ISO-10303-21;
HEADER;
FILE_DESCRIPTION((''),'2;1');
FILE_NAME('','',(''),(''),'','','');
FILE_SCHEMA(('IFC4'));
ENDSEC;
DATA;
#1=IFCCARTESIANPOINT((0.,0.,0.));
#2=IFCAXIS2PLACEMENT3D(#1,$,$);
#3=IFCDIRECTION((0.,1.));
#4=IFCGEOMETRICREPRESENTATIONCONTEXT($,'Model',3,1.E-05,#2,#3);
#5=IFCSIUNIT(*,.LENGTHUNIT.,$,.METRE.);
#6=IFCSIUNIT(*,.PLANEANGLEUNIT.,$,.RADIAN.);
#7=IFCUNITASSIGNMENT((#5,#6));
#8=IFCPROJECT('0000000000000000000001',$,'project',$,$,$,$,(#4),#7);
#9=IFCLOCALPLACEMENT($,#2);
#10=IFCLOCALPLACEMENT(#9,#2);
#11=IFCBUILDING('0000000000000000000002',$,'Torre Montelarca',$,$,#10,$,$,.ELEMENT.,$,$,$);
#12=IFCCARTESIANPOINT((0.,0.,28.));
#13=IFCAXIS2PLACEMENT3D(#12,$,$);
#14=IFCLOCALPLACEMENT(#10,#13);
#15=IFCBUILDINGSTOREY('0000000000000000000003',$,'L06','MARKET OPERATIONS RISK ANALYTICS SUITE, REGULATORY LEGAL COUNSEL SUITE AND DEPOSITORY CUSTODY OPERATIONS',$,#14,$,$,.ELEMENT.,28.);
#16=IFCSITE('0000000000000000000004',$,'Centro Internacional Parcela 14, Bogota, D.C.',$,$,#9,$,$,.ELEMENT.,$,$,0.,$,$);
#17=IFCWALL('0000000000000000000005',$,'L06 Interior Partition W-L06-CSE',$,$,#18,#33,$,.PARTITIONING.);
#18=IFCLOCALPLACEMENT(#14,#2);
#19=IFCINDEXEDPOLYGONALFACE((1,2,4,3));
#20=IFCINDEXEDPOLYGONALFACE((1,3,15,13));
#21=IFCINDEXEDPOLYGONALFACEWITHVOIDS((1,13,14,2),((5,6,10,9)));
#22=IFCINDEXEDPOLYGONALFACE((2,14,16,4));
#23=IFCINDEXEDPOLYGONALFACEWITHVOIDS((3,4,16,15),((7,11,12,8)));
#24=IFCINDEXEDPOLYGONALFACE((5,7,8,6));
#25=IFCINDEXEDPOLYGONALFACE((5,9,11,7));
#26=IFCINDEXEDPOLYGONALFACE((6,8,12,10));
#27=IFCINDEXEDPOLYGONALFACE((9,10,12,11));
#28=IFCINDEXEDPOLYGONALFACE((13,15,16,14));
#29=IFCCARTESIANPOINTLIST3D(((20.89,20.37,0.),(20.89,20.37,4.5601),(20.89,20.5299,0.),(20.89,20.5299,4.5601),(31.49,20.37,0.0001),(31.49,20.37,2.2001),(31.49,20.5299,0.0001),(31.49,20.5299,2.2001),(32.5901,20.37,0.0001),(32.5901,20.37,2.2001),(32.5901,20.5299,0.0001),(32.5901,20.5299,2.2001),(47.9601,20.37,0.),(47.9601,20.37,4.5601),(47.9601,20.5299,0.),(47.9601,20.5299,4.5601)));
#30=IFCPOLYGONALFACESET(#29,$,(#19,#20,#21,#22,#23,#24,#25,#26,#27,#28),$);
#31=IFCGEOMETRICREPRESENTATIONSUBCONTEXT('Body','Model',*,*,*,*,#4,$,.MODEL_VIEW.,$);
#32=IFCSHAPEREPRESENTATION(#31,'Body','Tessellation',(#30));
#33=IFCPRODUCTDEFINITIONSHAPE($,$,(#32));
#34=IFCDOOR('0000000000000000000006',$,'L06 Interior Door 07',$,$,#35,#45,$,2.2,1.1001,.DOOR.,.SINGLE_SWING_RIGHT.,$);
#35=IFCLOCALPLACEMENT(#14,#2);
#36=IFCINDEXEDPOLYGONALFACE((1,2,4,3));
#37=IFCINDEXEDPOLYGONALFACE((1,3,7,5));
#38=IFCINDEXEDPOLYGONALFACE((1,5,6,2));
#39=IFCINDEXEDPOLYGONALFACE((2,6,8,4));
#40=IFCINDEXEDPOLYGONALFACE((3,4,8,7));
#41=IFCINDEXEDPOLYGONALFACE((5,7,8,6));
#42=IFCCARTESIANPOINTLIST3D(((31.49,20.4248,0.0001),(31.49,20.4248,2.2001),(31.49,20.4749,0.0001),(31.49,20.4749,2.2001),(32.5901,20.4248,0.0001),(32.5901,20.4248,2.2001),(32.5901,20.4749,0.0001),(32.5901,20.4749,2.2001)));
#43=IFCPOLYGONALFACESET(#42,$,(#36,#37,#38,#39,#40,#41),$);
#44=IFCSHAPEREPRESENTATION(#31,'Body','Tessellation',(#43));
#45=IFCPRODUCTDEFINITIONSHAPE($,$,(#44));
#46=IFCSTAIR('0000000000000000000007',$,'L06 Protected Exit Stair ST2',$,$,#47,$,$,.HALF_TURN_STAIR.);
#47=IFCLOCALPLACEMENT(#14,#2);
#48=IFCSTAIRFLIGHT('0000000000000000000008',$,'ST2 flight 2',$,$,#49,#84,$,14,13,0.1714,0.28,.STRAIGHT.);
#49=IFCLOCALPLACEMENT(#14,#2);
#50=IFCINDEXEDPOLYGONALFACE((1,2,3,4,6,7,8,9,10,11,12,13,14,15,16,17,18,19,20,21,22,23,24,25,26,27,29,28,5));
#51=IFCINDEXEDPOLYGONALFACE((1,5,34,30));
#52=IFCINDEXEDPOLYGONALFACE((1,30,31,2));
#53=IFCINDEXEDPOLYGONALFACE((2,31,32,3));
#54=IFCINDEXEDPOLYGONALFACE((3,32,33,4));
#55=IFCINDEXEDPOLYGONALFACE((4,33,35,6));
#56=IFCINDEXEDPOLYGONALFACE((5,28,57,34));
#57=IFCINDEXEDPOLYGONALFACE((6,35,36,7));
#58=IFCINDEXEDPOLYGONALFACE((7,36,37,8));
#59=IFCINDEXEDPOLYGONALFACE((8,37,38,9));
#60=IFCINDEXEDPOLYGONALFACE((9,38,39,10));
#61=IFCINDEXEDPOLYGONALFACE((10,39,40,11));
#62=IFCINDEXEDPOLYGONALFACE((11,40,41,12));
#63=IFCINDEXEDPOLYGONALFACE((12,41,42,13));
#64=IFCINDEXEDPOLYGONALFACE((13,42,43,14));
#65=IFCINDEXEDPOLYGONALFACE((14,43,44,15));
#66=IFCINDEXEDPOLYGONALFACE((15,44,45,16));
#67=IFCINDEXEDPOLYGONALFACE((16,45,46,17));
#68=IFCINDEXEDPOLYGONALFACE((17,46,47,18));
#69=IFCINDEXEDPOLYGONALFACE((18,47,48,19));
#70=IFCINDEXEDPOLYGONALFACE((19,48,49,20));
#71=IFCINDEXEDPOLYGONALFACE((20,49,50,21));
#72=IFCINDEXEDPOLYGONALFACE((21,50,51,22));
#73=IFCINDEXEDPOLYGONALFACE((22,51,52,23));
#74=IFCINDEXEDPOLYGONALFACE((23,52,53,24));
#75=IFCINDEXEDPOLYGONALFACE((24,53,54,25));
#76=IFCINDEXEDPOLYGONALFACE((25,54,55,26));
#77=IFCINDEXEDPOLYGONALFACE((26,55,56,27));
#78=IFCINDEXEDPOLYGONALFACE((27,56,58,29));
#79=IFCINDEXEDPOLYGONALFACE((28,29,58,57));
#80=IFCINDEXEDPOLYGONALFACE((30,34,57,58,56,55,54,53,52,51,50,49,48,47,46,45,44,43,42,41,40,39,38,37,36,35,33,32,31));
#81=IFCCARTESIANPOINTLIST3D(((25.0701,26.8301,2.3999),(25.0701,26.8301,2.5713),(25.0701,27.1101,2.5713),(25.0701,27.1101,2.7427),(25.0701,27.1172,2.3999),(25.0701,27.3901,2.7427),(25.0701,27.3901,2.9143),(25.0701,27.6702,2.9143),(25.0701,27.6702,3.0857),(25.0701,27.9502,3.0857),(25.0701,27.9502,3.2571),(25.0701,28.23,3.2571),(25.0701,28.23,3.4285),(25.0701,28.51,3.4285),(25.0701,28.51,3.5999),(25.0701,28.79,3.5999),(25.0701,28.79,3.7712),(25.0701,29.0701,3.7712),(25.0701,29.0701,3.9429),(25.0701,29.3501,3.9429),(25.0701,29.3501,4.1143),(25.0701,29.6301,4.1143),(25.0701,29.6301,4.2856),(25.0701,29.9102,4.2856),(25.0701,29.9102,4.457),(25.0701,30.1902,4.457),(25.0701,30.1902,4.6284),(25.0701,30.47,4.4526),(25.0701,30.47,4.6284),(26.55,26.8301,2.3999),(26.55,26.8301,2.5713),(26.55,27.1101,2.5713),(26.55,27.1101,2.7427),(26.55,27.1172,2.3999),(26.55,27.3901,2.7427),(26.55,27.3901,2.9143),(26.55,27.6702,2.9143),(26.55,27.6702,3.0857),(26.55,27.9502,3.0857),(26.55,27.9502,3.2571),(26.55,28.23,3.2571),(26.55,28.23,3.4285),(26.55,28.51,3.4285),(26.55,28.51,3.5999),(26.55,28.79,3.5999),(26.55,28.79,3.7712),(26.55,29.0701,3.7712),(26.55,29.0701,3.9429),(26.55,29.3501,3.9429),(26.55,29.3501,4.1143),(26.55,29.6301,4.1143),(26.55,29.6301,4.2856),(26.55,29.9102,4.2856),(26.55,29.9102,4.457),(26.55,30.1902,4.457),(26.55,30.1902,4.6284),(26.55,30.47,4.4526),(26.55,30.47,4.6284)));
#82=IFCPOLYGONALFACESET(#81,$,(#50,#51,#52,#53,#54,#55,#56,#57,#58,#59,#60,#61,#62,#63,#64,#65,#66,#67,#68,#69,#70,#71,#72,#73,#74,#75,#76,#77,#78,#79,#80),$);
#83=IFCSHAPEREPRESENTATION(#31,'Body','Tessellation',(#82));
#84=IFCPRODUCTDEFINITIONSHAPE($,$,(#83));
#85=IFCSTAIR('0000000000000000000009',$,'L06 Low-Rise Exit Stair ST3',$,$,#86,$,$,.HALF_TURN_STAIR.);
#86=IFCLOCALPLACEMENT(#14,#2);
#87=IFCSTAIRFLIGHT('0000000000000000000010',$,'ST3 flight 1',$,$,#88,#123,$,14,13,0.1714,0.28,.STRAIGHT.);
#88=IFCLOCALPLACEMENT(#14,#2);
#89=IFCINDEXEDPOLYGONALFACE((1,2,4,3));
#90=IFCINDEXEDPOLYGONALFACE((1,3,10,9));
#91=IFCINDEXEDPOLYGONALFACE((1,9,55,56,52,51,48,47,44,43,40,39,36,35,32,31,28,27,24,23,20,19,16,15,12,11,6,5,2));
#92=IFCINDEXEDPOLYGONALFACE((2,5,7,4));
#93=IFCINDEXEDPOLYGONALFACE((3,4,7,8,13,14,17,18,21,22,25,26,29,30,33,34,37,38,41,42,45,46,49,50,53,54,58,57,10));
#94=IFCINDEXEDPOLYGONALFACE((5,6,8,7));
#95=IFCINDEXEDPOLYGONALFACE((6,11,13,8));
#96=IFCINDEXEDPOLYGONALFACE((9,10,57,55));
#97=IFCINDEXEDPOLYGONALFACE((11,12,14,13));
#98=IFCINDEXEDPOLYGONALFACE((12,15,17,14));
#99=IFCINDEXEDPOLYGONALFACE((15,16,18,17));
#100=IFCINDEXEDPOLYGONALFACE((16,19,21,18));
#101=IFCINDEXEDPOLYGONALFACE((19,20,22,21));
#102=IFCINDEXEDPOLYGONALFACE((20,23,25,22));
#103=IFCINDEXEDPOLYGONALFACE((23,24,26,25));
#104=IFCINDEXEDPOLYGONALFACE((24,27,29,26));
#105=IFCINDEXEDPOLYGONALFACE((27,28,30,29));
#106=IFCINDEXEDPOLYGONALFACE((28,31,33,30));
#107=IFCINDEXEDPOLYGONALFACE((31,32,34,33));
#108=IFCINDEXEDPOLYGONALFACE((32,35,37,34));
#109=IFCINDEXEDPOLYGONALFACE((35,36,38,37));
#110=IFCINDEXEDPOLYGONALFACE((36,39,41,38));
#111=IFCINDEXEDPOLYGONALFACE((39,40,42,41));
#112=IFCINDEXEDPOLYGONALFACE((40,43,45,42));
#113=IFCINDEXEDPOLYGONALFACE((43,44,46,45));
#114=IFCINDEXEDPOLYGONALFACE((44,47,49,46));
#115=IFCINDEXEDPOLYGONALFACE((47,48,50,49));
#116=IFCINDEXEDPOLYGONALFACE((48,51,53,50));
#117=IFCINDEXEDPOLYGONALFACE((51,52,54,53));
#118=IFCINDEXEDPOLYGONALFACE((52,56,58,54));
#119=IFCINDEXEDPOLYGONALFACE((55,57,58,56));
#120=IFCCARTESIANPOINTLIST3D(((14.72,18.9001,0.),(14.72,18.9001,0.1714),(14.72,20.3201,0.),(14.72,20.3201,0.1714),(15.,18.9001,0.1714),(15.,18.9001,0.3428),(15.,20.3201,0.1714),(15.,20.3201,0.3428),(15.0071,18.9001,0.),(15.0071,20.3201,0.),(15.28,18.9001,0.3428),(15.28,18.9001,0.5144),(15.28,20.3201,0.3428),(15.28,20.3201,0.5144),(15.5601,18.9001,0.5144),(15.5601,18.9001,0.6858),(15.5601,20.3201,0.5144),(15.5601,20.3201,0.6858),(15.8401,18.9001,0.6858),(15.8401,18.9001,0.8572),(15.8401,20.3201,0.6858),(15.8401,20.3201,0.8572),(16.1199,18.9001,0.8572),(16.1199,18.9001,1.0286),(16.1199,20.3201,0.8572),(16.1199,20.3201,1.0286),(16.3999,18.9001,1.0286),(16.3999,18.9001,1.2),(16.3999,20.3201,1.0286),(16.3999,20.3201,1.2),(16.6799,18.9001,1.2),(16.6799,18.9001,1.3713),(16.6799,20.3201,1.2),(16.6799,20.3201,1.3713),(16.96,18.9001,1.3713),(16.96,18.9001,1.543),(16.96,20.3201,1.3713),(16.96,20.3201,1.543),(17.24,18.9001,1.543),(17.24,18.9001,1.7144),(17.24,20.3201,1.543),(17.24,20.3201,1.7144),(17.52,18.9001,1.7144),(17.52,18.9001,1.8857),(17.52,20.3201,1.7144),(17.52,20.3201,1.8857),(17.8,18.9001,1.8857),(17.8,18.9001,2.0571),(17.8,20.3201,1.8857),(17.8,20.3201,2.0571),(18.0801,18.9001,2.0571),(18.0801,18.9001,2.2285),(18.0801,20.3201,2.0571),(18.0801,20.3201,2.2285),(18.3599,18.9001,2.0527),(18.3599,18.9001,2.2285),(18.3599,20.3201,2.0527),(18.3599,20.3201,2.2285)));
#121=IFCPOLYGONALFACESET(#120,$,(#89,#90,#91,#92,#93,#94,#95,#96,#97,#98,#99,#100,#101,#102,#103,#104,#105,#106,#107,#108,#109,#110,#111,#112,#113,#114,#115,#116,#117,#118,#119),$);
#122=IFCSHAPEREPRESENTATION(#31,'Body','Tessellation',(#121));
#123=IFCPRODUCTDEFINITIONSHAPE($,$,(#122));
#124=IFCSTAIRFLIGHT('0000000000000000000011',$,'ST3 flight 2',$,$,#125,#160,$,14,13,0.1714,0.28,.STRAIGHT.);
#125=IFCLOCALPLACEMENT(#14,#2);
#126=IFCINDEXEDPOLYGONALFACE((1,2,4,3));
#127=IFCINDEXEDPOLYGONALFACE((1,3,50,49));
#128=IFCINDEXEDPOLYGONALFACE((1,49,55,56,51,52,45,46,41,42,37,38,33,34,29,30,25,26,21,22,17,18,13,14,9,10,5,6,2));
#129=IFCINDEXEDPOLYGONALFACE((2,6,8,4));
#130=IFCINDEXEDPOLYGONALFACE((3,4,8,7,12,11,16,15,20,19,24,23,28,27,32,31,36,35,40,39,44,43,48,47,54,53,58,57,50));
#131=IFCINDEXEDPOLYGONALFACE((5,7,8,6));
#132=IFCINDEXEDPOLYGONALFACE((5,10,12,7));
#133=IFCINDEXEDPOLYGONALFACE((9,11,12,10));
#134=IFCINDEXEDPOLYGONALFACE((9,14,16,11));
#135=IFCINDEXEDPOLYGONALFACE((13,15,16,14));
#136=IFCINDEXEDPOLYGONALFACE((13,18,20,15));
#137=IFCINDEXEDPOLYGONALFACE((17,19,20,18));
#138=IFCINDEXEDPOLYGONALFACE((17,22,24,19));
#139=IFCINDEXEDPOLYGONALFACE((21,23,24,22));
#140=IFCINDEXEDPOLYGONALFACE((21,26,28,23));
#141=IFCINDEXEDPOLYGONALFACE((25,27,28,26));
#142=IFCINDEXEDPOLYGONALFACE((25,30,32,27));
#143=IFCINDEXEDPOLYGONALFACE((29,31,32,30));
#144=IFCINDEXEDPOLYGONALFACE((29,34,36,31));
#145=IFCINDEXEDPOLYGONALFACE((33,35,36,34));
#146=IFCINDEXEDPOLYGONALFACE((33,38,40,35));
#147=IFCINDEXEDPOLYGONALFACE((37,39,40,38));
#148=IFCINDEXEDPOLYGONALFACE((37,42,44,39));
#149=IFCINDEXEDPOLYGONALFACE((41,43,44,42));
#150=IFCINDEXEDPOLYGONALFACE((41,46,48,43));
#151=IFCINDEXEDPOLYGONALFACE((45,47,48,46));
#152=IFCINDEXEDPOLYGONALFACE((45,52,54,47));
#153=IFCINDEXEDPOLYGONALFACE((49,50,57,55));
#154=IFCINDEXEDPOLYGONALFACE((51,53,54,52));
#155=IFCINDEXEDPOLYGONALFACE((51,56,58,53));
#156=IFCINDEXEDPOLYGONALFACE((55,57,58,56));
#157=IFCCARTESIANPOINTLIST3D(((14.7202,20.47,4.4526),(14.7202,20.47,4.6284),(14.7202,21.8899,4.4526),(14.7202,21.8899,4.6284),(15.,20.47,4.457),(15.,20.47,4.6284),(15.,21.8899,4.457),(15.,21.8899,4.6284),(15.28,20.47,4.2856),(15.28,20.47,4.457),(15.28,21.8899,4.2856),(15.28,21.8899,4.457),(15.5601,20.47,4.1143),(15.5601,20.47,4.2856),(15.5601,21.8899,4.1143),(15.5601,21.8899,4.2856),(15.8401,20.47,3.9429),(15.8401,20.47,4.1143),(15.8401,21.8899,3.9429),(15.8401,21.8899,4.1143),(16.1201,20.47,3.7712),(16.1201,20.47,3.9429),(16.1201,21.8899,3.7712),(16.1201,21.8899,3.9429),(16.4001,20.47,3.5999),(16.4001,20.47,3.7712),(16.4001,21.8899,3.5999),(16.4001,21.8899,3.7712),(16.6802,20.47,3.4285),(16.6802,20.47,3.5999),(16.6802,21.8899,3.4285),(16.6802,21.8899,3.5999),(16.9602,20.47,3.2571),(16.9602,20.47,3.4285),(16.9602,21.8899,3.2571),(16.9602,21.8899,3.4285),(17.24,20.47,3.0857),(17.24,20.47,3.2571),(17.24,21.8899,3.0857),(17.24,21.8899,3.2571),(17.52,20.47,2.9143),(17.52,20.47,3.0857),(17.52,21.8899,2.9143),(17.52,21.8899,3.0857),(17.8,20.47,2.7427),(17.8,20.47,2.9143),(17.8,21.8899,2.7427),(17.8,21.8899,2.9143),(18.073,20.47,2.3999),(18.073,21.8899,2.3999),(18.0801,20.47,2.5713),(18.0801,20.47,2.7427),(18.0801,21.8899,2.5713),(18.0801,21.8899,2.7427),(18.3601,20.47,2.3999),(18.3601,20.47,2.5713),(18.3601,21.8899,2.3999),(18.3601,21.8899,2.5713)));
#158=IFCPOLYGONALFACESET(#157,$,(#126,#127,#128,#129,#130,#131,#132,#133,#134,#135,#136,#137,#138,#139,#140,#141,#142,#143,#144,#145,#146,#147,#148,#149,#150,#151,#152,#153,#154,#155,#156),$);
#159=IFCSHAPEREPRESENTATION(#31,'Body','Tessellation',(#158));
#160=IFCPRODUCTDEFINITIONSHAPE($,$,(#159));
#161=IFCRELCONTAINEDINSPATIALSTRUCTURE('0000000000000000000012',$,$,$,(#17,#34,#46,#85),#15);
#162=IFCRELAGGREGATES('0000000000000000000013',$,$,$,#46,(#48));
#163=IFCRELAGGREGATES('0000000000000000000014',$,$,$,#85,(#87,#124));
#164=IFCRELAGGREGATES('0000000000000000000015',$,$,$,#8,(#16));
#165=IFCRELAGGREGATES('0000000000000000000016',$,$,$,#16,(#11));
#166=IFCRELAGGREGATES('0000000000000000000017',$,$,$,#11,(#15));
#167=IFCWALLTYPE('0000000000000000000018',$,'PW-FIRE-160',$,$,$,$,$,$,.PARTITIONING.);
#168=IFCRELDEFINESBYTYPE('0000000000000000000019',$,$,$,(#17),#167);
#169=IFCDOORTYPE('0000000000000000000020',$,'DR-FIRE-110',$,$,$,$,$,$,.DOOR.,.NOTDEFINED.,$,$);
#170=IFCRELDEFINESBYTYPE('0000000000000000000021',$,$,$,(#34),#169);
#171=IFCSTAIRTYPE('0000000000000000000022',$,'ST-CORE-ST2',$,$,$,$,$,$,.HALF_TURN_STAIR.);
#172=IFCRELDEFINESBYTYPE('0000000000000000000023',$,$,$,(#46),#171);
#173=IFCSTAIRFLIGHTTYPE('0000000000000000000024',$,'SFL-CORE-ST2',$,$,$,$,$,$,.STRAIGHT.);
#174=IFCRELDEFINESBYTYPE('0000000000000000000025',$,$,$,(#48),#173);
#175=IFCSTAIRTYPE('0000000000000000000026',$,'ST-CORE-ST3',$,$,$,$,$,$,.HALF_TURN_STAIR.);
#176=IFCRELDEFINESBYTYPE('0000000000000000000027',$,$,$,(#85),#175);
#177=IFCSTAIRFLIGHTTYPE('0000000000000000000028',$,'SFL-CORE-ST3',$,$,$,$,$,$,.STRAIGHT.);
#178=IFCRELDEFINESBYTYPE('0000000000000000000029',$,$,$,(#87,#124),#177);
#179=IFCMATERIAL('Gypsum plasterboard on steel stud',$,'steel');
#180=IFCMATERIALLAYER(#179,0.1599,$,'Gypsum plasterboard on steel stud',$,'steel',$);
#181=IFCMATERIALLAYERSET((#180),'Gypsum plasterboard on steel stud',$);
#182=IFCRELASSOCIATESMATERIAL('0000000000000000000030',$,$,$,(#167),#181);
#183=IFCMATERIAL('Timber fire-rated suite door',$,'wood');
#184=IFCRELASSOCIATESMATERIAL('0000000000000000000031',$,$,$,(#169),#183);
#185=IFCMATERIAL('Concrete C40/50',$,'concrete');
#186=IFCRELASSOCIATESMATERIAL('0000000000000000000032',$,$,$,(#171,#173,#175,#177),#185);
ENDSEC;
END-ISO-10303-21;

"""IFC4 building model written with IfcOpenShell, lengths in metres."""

from ifc_helpers import new_model, si_unit, direction, frame, frame_2d, origin, place, context, subcontext, project, spatial, polyline, rectangle, outline, extrude, source, transform, mapped, material, layer, layer_set, type_object, element, fill, aggregate, save


model = new_model("IFC4")

# Units and contexts
model_context = context("Model", 3, precision=1e-05, world=origin(), true_north=direction((0.0, 1.0)))
body_context = subcontext(model_context, "Body", "Model", "MODEL_VIEW")
ifc_project = project(units=[si_unit("LENGTHUNIT", "METRE"), si_unit("PLANEANGLEUNIT", "RADIAN")], contexts=[model_context])

# Site, building, storey
site_placement = place(None, origin())
site = spatial("IfcSite", under=ifc_project, at=site_placement, Name="Centro Internacional Parcela 14, Bogota, D.C.", CompositionType="ELEMENT", RefElevation=0.0)
building_placement = place(site_placement, origin())
building = spatial("IfcBuilding", under=site, at=building_placement, Name="Torre Montelarca", CompositionType="ELEMENT")
storey_placement = place(building_placement, frame((0.0, 0.0, 28.0)))
storey = spatial("IfcBuildingStorey", under=building, at=storey_placement, Name="L06", Description="MARKET OPERATIONS RISK ANALYTICS SUITE, REGULATORY LEGAL COUNSEL SUITE AND DEPOSITORY CUSTODY OPERATIONS", CompositionType="ELEMENT", Elevation=28.0)

# Shared definitions
ifc_material_1 = material(Name="Concrete C40/50", Category="concrete")

# Wall, opening, door
ifc_material_2 = material(Name="Gypsum plasterboard on steel stud", Category="steel")
ifc_layer_1 = layer(ifc_material_2, 0.1599, Name="Gypsum plasterboard on steel stud", Category="steel")
ifc_layer_set_1 = layer_set([ifc_layer_1], Name="Gypsum plasterboard on steel stud")
wall_type_1 = type_object("IfcWallType", Name="PW-FIRE-160", PredefinedType="PARTITIONING", material=ifc_layer_set_1)
wall_1_placement = place(storey_placement, frame((20.8899, 20.45, 0.0), z_axis=(0.0, 0.0, 1.0), x_axis=(1.0, 0.0, 0.0)))
wall_1 = element("IfcWall", 1, at=wall_1_placement, inside=storey, type_object=wall_type_1, Name="L06 Interior Partition W-L06-CSE", PredefinedType="PARTITIONING", context=body_context, shape_type="SweptSolid", body=[
    extrude(rectangle(XDim=27.0701, YDim=0.1599, at=frame_2d((13.5352, 0.0))), origin(), (0.0, 0.0, 1.0), 4.5601),
])
opening_1_placement = place(wall_1_placement, frame((10.6001, 0.0, 0.0)))
opening_1 = element("IfcOpeningElement", 2, at=opening_1_placement, cuts=wall_1, PredefinedType="OPENING", context=body_context, shape_type="SweptSolid", body=[
    extrude(rectangle(XDim=1.1001, YDim=2.2, at=frame_2d((0.55, 1.1001))), frame((0.0, 0.0898, 0.0), z_axis=(0.0, -1.0, 0.0), x_axis=(1.0, 0.0, 0.0)), (0.0, 0.0, 1.0), 0.1799),
])
ifc_material_3 = material(Name="Timber fire-rated suite door", Category="wood")
door_type_1 = type_object("IfcDoorType", Name="DR-FIRE-110", OperationType="NOTDEFINED", PredefinedType="DOOR", material=ifc_material_3)
shared_shape_1 = source(origin(), body_context, "Body", "SweptSolid", [
    extrude(rectangle(XDim=1.1001, YDim=2.2, at=frame_2d((0.55, 1.1001))), frame((0.0, 0.0249, 0.0), z_axis=(0.0, -1.0, 0.0), x_axis=(1.0, 0.0, 0.0)), (0.0, 0.0, 1.0), 0.05),
])
door_1_placement = place(opening_1_placement, origin())
door_1 = element("IfcDoor", 3, at=door_1_placement, inside=storey, type_object=door_type_1, Name="L06 Interior Door 07", OperationType="SINGLE_SWING_RIGHT", OverallHeight=2.2, OverallWidth=1.1001, PredefinedType="DOOR", context=body_context, shape_type="MappedRepresentation", body=[
    mapped(shared_shape_1, transform((0.0, 0.0, 0.0), scale=1.0)),
])
fill(opening_1, door_1)

# Stair, stair flight
stair_type_1 = type_object("IfcStairType", Name="ST-CORE-ST2", PredefinedType="HALF_TURN_STAIR", material=ifc_material_1)
stair_1_placement = place(storey_placement, origin())
stair_1 = element("IfcStair", 4, at=stair_1_placement, inside=storey, type_object=stair_type_1, Name="L06 Protected Exit Stair ST2", PredefinedType="HALF_TURN_STAIR")
stair_flight_type_1 = type_object("IfcStairFlightType", Name="SFL-CORE-ST2", PredefinedType="STRAIGHT", material=ifc_material_1)
stair_flight_1_placement = place(storey_placement, frame((25.8101, 26.8301, 2.3999), z_axis=(0.0, 0.0, 1.0), x_axis=(0.0, 1.0, 0.0)))
stair_flight_1 = element("IfcStairFlight", 5, at=stair_flight_1_placement, type_object=stair_flight_type_1, Name="ST2 flight 2", NumberOfRisers=14, NumberOfTreads=13, PredefinedType="STRAIGHT", RiserHeight=0.1714, TreadLength=0.28, context=body_context, shape_type="SweptSolid", body=[
    extrude(outline(polyline([(0.0, 0.0), (0.0, 0.1714), (0.28, 0.1714), (0.28, 0.3428), (0.5601, 0.3428), (0.5601, 0.5144), (0.8401, 0.5144), (0.8401, 0.6858), (1.1201, 0.6858), (1.1201, 0.8572), (1.3999, 0.8572), (1.3999, 1.0286), (1.6799, 1.0286), (1.6799, 1.2), (1.96, 1.2), (1.96, 1.3713), (2.24, 1.3713), (2.24, 1.543), (2.52, 1.543), (2.52, 1.7144), (2.8, 1.7144), (2.8, 1.8857), (3.0801, 1.8857), (3.0801, 2.0571), (3.3601, 2.0571), (3.3601, 2.2285), (3.6399, 2.2285), (3.6399, 2.3999), (3.6399, 2.0527), (0.2871, 0.0), (0.0, 0.0)])), frame((0.0, 0.74, 0.0), z_axis=(0.0, -1.0, 0.0), x_axis=(1.0, 0.0, 0.0)), (0.0, 0.0, 1.0), 1.48),
])
aggregate(stair_1, [stair_flight_1])

# Stair, stair flights
stair_type_2 = type_object("IfcStairType", Name="ST-CORE-ST3", PredefinedType="HALF_TURN_STAIR", material=ifc_material_1)
stair_2_placement = place(storey_placement, origin())
stair_2 = element("IfcStair", 6, at=stair_2_placement, inside=storey, type_object=stair_type_2, Name="L06 Low-Rise Exit Stair ST3", PredefinedType="HALF_TURN_STAIR")
stair_flight_type_2 = type_object("IfcStairFlightType", Name="SFL-CORE-ST3", PredefinedType="STRAIGHT", material=ifc_material_1)
stair_flight_2_placement = place(storey_placement, frame((14.72, 19.6101, 0.0), z_axis=(0.0, 0.0, 1.0), x_axis=(1.0, 0.0, 0.0)))
stair_flight_2 = element("IfcStairFlight", 7, at=stair_flight_2_placement, type_object=stair_flight_type_2, Name="ST3 flight 1", NumberOfRisers=14, NumberOfTreads=13, PredefinedType="STRAIGHT", RiserHeight=0.1714, TreadLength=0.28, context=body_context, shape_type="SweptSolid", body=[
    extrude(outline(polyline([(0.0, 0.0), (0.0, 0.1714), (0.28, 0.1714), (0.28, 0.3428), (0.5601, 0.3428), (0.5601, 0.5144), (0.8401, 0.5144), (0.8401, 0.6858), (1.1201, 0.6858), (1.1201, 0.8572), (1.3999, 0.8572), (1.3999, 1.0286), (1.6799, 1.0286), (1.6799, 1.2), (1.96, 1.2), (1.96, 1.3713), (2.24, 1.3713), (2.24, 1.543), (2.52, 1.543), (2.52, 1.7144), (2.8, 1.7144), (2.8, 1.8857), (3.0801, 1.8857), (3.0801, 2.0571), (3.3601, 2.0571), (3.3601, 2.2285), (3.6399, 2.2285), (3.6399, 2.3999), (3.6399, 2.0527), (0.2871, 0.0), (0.0, 0.0)])), frame((0.0, 0.71, 0.0), z_axis=(0.0, -1.0, 0.0), x_axis=(1.0, 0.0, 0.0)), (0.0, 0.0, 1.0), 1.4199),
])
stair_flight_3_placement = place(storey_placement, frame((18.3601, 21.1799, 2.3999), z_axis=(0.0, 0.0, 1.0), x_axis=(-1.0, 0.0, 0.0)))
stair_flight_3 = element("IfcStairFlight", 8, at=stair_flight_3_placement, type_object=stair_flight_type_2, Name="ST3 flight 2", NumberOfRisers=14, NumberOfTreads=13, PredefinedType="STRAIGHT", RiserHeight=0.1714, TreadLength=0.28, context=body_context, shape_type="SweptSolid", body=[
    extrude(outline(polyline([(0.0, 0.0), (0.0, 0.1714), (0.28, 0.1714), (0.28, 0.3428), (0.5601, 0.3428), (0.5601, 0.5144), (0.8401, 0.5144), (0.8401, 0.6858), (1.1201, 0.6858), (1.1201, 0.8572), (1.3999, 0.8572), (1.3999, 1.0286), (1.6799, 1.0286), (1.6799, 1.2), (1.96, 1.2), (1.96, 1.3713), (2.24, 1.3713), (2.24, 1.543), (2.52, 1.543), (2.52, 1.7144), (2.8, 1.7144), (2.8, 1.8857), (3.0801, 1.8857), (3.0801, 2.0571), (3.3601, 2.0571), (3.3601, 2.2285), (3.6399, 2.2285), (3.6399, 2.3999), (3.6399, 2.0527), (0.2871, 0.0), (0.0, 0.0)])), frame((0.0, 0.71, 0.0), z_axis=(0.0, -1.0, 0.0), x_axis=(1.0, 0.0, 0.0)), (0.0, 0.0, 1.0), 1.4199),
])
aggregate(stair_2, [stair_flight_2, stair_flight_3])

save(model, "model.ifc")
